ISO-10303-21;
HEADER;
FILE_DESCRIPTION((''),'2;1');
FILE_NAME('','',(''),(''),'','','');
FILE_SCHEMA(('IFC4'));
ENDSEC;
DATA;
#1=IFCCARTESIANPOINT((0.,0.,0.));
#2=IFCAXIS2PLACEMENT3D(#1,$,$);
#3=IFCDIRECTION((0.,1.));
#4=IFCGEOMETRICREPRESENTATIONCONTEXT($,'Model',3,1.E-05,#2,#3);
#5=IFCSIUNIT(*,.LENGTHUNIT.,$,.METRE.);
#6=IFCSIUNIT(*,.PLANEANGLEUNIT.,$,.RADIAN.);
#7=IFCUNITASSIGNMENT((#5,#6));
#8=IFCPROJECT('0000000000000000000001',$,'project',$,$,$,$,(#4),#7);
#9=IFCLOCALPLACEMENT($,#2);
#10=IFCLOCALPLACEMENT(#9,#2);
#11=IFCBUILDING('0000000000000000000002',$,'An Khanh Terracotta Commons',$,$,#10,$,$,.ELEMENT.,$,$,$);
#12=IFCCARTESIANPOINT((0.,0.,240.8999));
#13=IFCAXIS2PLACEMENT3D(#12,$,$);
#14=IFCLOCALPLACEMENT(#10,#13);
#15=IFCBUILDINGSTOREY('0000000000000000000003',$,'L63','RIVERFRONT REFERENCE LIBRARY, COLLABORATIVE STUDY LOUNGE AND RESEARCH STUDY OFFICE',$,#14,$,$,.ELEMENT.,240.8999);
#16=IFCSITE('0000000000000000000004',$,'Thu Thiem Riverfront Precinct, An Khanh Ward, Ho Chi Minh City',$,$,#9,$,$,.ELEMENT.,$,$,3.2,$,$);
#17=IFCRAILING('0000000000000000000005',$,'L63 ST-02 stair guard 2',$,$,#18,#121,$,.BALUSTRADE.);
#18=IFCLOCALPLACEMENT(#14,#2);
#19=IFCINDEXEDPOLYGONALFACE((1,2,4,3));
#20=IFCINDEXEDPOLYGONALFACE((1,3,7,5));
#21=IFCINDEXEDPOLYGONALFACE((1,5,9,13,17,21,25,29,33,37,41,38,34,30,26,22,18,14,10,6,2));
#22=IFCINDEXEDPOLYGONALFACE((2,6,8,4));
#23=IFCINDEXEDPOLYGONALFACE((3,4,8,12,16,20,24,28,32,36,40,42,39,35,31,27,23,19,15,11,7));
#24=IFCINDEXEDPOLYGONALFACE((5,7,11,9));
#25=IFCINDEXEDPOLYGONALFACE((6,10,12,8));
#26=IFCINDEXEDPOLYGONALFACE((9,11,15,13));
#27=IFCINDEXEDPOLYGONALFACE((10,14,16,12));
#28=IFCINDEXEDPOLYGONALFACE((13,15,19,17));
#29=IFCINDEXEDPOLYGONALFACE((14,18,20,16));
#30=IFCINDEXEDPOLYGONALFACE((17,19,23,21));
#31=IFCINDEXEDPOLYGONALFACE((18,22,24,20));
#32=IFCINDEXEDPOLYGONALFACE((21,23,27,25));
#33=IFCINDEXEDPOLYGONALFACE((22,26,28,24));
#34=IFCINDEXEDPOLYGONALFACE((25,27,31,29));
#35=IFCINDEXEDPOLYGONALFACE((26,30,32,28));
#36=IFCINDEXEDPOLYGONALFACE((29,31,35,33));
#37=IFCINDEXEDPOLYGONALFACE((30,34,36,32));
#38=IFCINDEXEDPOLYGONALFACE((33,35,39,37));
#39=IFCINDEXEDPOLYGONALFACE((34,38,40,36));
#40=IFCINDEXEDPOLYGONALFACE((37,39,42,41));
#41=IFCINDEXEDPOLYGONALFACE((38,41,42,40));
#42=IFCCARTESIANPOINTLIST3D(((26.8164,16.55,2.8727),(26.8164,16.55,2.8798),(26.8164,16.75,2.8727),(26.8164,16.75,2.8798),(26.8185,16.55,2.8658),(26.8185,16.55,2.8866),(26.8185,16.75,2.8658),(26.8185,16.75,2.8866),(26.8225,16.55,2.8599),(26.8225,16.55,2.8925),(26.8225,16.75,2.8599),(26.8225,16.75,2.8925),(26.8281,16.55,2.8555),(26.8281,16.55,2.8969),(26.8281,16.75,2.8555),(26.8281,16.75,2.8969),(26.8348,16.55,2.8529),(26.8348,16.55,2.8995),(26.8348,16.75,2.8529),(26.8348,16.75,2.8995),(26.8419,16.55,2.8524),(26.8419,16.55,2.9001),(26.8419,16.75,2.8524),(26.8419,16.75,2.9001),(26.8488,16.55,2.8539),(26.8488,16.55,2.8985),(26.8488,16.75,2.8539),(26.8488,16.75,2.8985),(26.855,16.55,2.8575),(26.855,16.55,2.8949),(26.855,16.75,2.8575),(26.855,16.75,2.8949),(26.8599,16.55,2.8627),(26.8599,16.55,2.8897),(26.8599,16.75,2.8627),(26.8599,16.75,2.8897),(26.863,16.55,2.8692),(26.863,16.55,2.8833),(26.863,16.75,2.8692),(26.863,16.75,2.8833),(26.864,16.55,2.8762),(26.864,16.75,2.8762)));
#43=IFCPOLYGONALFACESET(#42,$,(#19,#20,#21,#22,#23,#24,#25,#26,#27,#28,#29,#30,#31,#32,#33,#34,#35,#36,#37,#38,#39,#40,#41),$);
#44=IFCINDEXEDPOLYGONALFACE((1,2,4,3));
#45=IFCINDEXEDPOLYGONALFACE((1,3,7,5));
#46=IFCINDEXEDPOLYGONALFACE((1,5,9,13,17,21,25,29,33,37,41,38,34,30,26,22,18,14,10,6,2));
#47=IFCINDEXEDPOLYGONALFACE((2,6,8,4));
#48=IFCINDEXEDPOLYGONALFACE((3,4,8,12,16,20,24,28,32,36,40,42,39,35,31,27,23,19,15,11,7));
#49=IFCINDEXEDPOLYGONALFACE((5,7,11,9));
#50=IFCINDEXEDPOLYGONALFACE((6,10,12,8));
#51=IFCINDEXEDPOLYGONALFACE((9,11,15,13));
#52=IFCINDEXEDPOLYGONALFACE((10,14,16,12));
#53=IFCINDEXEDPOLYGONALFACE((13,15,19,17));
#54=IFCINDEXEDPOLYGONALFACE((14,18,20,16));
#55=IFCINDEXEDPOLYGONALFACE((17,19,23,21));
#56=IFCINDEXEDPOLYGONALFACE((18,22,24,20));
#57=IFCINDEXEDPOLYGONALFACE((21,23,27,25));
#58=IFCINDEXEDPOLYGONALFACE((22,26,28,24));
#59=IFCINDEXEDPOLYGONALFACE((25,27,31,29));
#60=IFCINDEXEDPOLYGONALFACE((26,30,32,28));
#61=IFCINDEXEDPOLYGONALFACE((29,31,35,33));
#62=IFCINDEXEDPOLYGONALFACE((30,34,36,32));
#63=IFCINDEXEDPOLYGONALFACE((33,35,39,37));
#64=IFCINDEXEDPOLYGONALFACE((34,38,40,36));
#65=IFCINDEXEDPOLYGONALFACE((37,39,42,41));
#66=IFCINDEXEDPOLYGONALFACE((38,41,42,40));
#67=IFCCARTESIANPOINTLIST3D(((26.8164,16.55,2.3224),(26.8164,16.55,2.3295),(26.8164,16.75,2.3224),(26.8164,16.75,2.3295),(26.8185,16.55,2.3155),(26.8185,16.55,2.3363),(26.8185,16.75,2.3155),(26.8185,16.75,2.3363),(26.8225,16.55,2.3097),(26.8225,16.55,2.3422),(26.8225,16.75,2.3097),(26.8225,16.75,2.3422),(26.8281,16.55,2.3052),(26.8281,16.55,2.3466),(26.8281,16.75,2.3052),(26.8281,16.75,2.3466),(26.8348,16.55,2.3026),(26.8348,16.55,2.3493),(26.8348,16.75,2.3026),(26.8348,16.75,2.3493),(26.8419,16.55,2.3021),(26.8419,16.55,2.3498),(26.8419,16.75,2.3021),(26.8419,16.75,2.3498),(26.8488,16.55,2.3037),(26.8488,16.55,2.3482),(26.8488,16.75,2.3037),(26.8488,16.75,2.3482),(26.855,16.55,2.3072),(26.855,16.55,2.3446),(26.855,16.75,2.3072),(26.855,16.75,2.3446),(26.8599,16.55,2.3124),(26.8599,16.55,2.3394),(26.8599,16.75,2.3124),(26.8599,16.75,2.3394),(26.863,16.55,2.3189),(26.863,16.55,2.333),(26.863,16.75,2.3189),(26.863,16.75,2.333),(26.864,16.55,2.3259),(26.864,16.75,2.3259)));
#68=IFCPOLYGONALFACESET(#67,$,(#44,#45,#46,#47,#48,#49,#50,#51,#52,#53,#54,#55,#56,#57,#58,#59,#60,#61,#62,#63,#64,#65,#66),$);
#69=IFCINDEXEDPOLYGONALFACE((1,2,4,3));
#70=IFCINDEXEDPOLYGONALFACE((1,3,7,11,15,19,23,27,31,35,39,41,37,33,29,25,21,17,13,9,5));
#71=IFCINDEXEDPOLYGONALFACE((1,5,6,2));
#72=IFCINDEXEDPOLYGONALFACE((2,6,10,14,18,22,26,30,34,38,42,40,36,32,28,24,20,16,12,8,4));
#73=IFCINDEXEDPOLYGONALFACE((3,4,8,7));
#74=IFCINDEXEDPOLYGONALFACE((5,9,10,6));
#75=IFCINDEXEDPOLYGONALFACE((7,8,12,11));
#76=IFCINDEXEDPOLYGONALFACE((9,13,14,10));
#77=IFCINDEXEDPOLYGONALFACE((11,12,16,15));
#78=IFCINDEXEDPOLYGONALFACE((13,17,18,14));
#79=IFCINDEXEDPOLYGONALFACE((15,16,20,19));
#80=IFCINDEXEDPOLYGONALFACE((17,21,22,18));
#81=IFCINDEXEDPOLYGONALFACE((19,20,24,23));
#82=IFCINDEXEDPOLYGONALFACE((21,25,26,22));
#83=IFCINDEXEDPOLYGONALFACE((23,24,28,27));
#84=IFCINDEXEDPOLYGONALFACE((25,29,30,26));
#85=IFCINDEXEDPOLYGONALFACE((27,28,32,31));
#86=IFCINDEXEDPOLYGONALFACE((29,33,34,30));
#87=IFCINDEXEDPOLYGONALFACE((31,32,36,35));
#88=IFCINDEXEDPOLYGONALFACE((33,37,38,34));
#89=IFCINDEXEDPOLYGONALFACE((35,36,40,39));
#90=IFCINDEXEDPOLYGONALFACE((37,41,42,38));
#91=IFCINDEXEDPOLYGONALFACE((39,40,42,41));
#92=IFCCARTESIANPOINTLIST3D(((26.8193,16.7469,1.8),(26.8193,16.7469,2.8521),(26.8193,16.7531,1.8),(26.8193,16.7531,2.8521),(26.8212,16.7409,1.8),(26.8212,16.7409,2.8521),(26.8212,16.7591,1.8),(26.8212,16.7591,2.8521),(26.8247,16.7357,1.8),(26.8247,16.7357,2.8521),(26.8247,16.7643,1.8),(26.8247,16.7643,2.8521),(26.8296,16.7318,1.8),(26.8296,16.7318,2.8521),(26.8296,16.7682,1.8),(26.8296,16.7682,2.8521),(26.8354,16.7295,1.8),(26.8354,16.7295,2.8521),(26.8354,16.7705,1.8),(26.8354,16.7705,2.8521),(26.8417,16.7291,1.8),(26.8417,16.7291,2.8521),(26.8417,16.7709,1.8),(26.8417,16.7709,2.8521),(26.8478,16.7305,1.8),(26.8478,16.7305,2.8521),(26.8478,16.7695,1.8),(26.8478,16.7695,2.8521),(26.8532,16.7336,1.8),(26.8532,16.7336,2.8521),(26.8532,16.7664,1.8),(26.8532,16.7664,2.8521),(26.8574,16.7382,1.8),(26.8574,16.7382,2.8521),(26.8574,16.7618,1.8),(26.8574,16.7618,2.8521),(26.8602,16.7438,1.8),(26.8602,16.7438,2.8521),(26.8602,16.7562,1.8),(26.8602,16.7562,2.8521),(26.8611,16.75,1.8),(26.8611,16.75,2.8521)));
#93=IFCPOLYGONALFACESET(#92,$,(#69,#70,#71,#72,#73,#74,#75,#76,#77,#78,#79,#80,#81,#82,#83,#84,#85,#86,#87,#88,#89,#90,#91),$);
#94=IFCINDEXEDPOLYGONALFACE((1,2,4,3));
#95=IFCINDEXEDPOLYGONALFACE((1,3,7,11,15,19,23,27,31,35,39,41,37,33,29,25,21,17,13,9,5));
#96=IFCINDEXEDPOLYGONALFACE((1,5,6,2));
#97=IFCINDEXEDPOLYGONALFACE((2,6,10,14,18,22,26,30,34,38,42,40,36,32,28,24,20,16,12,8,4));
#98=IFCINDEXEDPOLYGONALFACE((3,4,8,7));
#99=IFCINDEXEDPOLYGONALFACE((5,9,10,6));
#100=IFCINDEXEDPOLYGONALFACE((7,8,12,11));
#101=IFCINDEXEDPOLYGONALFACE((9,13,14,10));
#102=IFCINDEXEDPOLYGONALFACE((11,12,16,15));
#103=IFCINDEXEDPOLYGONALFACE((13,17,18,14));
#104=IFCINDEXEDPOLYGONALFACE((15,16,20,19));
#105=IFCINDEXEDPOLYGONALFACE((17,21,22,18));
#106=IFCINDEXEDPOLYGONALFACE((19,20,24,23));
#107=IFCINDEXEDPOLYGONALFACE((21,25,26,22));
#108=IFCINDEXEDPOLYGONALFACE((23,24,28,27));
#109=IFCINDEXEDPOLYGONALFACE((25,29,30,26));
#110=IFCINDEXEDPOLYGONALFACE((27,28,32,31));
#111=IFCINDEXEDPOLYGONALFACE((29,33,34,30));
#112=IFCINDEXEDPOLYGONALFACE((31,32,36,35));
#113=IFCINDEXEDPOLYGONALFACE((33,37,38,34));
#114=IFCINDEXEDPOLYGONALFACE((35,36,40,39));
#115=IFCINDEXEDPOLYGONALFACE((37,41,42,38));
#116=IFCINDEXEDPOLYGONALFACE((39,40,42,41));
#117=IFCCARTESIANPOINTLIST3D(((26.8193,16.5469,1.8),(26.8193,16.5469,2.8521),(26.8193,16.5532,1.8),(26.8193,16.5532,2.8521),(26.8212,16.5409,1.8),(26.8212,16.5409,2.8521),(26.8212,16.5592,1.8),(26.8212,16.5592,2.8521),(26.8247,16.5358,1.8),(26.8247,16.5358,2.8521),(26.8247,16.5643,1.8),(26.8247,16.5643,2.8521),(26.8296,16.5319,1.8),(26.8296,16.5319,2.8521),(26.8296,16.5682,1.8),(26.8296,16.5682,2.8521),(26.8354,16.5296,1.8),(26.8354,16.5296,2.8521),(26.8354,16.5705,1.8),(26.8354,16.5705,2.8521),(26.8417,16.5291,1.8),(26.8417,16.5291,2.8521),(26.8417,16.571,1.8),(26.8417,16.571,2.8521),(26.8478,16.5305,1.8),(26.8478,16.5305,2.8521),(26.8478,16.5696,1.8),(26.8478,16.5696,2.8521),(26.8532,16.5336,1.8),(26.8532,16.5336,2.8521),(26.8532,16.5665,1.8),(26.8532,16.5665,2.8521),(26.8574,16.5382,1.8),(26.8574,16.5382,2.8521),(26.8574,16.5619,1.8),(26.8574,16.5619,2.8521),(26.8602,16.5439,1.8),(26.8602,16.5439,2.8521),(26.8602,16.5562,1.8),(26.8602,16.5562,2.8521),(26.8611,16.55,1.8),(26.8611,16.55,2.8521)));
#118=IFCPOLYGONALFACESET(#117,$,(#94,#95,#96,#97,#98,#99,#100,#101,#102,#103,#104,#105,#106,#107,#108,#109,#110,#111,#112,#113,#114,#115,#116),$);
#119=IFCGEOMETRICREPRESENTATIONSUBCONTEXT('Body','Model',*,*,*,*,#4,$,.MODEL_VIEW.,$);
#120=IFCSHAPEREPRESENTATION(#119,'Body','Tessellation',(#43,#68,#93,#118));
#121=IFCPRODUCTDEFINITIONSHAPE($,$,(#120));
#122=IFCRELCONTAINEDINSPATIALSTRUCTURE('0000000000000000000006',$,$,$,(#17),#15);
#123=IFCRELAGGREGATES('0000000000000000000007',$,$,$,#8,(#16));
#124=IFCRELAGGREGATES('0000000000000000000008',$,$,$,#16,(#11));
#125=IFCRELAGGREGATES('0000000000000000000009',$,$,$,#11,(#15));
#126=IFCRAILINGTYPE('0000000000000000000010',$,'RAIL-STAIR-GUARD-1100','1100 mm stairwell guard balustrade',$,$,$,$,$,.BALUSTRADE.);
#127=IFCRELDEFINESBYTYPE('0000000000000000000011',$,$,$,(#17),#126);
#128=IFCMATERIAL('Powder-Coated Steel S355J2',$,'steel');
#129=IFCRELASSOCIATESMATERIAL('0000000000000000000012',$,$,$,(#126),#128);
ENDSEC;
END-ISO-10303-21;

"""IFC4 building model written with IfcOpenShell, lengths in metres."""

from ifc_helpers import new_model, si_unit, direction, frame, origin, origin_2d, place, context, subcontext, project, spatial, circle, extrude, material, type_object, element, save


model = new_model("IFC4")

# Units and contexts
model_context = context("Model", 3, precision=1e-05, world=origin(), true_north=direction((0.0, 1.0)))
body_context = subcontext(model_context, "Body", "Model", "MODEL_VIEW")
ifc_project = project(units=[si_unit("LENGTHUNIT", "METRE"), si_unit("PLANEANGLEUNIT", "RADIAN")], contexts=[model_context])

# Site, building, storey
site_placement = place(None, origin())
site = spatial("IfcSite", under=ifc_project, at=site_placement, Name="Thu Thiem Riverfront Precinct, An Khanh Ward, Ho Chi Minh City", CompositionType="ELEMENT", RefElevation=3.2)
building_placement = place(site_placement, origin())
building = spatial("IfcBuilding", under=site, at=building_placement, Name="An Khanh Terracotta Commons", CompositionType="ELEMENT")
storey_placement = place(building_placement, frame((0.0, 0.0, 240.8999)))
storey = spatial("IfcBuildingStorey", under=building, at=storey_placement, Name="L63", Description="RIVERFRONT REFERENCE LIBRARY, COLLABORATIVE STUDY LOUNGE AND RESEARCH STUDY OFFICE", CompositionType="ELEMENT", Elevation=240.8999)

# Railing
ifc_material_1 = material(Name="Powder-Coated Steel S355J2", Category="steel")
railing_type_1 = type_object("IfcRailingType", Name="RAIL-STAIR-GUARD-1100", Description="1100 mm stairwell guard balustrade", PredefinedType="BALUSTRADE", material=ifc_material_1)
railing_1_placement = place(storey_placement, frame((26.8401, 16.75, 1.8)))
element("IfcRailing", 1, at=railing_1_placement, inside=storey, type_object=railing_type_1, Name="L63 ST-02 stair guard 2", PredefinedType="BALUSTRADE", context=body_context, shape_type="SweptSolid", body=[
    extrude(circle(Radius=0.0239, at=origin_2d()), frame((0.0, 0.0, 1.0762), z_axis=(0.0, -1.0, 0.0), x_axis=(1.0, 0.0, 0.0)), (0.0, 0.0, 1.0), 0.2),
    extrude(circle(Radius=0.0239, at=origin_2d()), frame((0.0, 0.0, 0.5259), z_axis=(0.0, -1.0, 0.0), x_axis=(1.0, 0.0, 0.0)), (0.0, 0.0, 1.0), 0.2),
    extrude(circle(Radius=0.021, at=origin_2d()), origin(), (0.0, 0.0, 1.0), 1.052),
    extrude(circle(Radius=0.021, at=origin_2d()), frame((0.0, -0.2, 0.0)), (0.0, 0.0, 1.0), 1.052),
])

save(model, "model.ifc")
